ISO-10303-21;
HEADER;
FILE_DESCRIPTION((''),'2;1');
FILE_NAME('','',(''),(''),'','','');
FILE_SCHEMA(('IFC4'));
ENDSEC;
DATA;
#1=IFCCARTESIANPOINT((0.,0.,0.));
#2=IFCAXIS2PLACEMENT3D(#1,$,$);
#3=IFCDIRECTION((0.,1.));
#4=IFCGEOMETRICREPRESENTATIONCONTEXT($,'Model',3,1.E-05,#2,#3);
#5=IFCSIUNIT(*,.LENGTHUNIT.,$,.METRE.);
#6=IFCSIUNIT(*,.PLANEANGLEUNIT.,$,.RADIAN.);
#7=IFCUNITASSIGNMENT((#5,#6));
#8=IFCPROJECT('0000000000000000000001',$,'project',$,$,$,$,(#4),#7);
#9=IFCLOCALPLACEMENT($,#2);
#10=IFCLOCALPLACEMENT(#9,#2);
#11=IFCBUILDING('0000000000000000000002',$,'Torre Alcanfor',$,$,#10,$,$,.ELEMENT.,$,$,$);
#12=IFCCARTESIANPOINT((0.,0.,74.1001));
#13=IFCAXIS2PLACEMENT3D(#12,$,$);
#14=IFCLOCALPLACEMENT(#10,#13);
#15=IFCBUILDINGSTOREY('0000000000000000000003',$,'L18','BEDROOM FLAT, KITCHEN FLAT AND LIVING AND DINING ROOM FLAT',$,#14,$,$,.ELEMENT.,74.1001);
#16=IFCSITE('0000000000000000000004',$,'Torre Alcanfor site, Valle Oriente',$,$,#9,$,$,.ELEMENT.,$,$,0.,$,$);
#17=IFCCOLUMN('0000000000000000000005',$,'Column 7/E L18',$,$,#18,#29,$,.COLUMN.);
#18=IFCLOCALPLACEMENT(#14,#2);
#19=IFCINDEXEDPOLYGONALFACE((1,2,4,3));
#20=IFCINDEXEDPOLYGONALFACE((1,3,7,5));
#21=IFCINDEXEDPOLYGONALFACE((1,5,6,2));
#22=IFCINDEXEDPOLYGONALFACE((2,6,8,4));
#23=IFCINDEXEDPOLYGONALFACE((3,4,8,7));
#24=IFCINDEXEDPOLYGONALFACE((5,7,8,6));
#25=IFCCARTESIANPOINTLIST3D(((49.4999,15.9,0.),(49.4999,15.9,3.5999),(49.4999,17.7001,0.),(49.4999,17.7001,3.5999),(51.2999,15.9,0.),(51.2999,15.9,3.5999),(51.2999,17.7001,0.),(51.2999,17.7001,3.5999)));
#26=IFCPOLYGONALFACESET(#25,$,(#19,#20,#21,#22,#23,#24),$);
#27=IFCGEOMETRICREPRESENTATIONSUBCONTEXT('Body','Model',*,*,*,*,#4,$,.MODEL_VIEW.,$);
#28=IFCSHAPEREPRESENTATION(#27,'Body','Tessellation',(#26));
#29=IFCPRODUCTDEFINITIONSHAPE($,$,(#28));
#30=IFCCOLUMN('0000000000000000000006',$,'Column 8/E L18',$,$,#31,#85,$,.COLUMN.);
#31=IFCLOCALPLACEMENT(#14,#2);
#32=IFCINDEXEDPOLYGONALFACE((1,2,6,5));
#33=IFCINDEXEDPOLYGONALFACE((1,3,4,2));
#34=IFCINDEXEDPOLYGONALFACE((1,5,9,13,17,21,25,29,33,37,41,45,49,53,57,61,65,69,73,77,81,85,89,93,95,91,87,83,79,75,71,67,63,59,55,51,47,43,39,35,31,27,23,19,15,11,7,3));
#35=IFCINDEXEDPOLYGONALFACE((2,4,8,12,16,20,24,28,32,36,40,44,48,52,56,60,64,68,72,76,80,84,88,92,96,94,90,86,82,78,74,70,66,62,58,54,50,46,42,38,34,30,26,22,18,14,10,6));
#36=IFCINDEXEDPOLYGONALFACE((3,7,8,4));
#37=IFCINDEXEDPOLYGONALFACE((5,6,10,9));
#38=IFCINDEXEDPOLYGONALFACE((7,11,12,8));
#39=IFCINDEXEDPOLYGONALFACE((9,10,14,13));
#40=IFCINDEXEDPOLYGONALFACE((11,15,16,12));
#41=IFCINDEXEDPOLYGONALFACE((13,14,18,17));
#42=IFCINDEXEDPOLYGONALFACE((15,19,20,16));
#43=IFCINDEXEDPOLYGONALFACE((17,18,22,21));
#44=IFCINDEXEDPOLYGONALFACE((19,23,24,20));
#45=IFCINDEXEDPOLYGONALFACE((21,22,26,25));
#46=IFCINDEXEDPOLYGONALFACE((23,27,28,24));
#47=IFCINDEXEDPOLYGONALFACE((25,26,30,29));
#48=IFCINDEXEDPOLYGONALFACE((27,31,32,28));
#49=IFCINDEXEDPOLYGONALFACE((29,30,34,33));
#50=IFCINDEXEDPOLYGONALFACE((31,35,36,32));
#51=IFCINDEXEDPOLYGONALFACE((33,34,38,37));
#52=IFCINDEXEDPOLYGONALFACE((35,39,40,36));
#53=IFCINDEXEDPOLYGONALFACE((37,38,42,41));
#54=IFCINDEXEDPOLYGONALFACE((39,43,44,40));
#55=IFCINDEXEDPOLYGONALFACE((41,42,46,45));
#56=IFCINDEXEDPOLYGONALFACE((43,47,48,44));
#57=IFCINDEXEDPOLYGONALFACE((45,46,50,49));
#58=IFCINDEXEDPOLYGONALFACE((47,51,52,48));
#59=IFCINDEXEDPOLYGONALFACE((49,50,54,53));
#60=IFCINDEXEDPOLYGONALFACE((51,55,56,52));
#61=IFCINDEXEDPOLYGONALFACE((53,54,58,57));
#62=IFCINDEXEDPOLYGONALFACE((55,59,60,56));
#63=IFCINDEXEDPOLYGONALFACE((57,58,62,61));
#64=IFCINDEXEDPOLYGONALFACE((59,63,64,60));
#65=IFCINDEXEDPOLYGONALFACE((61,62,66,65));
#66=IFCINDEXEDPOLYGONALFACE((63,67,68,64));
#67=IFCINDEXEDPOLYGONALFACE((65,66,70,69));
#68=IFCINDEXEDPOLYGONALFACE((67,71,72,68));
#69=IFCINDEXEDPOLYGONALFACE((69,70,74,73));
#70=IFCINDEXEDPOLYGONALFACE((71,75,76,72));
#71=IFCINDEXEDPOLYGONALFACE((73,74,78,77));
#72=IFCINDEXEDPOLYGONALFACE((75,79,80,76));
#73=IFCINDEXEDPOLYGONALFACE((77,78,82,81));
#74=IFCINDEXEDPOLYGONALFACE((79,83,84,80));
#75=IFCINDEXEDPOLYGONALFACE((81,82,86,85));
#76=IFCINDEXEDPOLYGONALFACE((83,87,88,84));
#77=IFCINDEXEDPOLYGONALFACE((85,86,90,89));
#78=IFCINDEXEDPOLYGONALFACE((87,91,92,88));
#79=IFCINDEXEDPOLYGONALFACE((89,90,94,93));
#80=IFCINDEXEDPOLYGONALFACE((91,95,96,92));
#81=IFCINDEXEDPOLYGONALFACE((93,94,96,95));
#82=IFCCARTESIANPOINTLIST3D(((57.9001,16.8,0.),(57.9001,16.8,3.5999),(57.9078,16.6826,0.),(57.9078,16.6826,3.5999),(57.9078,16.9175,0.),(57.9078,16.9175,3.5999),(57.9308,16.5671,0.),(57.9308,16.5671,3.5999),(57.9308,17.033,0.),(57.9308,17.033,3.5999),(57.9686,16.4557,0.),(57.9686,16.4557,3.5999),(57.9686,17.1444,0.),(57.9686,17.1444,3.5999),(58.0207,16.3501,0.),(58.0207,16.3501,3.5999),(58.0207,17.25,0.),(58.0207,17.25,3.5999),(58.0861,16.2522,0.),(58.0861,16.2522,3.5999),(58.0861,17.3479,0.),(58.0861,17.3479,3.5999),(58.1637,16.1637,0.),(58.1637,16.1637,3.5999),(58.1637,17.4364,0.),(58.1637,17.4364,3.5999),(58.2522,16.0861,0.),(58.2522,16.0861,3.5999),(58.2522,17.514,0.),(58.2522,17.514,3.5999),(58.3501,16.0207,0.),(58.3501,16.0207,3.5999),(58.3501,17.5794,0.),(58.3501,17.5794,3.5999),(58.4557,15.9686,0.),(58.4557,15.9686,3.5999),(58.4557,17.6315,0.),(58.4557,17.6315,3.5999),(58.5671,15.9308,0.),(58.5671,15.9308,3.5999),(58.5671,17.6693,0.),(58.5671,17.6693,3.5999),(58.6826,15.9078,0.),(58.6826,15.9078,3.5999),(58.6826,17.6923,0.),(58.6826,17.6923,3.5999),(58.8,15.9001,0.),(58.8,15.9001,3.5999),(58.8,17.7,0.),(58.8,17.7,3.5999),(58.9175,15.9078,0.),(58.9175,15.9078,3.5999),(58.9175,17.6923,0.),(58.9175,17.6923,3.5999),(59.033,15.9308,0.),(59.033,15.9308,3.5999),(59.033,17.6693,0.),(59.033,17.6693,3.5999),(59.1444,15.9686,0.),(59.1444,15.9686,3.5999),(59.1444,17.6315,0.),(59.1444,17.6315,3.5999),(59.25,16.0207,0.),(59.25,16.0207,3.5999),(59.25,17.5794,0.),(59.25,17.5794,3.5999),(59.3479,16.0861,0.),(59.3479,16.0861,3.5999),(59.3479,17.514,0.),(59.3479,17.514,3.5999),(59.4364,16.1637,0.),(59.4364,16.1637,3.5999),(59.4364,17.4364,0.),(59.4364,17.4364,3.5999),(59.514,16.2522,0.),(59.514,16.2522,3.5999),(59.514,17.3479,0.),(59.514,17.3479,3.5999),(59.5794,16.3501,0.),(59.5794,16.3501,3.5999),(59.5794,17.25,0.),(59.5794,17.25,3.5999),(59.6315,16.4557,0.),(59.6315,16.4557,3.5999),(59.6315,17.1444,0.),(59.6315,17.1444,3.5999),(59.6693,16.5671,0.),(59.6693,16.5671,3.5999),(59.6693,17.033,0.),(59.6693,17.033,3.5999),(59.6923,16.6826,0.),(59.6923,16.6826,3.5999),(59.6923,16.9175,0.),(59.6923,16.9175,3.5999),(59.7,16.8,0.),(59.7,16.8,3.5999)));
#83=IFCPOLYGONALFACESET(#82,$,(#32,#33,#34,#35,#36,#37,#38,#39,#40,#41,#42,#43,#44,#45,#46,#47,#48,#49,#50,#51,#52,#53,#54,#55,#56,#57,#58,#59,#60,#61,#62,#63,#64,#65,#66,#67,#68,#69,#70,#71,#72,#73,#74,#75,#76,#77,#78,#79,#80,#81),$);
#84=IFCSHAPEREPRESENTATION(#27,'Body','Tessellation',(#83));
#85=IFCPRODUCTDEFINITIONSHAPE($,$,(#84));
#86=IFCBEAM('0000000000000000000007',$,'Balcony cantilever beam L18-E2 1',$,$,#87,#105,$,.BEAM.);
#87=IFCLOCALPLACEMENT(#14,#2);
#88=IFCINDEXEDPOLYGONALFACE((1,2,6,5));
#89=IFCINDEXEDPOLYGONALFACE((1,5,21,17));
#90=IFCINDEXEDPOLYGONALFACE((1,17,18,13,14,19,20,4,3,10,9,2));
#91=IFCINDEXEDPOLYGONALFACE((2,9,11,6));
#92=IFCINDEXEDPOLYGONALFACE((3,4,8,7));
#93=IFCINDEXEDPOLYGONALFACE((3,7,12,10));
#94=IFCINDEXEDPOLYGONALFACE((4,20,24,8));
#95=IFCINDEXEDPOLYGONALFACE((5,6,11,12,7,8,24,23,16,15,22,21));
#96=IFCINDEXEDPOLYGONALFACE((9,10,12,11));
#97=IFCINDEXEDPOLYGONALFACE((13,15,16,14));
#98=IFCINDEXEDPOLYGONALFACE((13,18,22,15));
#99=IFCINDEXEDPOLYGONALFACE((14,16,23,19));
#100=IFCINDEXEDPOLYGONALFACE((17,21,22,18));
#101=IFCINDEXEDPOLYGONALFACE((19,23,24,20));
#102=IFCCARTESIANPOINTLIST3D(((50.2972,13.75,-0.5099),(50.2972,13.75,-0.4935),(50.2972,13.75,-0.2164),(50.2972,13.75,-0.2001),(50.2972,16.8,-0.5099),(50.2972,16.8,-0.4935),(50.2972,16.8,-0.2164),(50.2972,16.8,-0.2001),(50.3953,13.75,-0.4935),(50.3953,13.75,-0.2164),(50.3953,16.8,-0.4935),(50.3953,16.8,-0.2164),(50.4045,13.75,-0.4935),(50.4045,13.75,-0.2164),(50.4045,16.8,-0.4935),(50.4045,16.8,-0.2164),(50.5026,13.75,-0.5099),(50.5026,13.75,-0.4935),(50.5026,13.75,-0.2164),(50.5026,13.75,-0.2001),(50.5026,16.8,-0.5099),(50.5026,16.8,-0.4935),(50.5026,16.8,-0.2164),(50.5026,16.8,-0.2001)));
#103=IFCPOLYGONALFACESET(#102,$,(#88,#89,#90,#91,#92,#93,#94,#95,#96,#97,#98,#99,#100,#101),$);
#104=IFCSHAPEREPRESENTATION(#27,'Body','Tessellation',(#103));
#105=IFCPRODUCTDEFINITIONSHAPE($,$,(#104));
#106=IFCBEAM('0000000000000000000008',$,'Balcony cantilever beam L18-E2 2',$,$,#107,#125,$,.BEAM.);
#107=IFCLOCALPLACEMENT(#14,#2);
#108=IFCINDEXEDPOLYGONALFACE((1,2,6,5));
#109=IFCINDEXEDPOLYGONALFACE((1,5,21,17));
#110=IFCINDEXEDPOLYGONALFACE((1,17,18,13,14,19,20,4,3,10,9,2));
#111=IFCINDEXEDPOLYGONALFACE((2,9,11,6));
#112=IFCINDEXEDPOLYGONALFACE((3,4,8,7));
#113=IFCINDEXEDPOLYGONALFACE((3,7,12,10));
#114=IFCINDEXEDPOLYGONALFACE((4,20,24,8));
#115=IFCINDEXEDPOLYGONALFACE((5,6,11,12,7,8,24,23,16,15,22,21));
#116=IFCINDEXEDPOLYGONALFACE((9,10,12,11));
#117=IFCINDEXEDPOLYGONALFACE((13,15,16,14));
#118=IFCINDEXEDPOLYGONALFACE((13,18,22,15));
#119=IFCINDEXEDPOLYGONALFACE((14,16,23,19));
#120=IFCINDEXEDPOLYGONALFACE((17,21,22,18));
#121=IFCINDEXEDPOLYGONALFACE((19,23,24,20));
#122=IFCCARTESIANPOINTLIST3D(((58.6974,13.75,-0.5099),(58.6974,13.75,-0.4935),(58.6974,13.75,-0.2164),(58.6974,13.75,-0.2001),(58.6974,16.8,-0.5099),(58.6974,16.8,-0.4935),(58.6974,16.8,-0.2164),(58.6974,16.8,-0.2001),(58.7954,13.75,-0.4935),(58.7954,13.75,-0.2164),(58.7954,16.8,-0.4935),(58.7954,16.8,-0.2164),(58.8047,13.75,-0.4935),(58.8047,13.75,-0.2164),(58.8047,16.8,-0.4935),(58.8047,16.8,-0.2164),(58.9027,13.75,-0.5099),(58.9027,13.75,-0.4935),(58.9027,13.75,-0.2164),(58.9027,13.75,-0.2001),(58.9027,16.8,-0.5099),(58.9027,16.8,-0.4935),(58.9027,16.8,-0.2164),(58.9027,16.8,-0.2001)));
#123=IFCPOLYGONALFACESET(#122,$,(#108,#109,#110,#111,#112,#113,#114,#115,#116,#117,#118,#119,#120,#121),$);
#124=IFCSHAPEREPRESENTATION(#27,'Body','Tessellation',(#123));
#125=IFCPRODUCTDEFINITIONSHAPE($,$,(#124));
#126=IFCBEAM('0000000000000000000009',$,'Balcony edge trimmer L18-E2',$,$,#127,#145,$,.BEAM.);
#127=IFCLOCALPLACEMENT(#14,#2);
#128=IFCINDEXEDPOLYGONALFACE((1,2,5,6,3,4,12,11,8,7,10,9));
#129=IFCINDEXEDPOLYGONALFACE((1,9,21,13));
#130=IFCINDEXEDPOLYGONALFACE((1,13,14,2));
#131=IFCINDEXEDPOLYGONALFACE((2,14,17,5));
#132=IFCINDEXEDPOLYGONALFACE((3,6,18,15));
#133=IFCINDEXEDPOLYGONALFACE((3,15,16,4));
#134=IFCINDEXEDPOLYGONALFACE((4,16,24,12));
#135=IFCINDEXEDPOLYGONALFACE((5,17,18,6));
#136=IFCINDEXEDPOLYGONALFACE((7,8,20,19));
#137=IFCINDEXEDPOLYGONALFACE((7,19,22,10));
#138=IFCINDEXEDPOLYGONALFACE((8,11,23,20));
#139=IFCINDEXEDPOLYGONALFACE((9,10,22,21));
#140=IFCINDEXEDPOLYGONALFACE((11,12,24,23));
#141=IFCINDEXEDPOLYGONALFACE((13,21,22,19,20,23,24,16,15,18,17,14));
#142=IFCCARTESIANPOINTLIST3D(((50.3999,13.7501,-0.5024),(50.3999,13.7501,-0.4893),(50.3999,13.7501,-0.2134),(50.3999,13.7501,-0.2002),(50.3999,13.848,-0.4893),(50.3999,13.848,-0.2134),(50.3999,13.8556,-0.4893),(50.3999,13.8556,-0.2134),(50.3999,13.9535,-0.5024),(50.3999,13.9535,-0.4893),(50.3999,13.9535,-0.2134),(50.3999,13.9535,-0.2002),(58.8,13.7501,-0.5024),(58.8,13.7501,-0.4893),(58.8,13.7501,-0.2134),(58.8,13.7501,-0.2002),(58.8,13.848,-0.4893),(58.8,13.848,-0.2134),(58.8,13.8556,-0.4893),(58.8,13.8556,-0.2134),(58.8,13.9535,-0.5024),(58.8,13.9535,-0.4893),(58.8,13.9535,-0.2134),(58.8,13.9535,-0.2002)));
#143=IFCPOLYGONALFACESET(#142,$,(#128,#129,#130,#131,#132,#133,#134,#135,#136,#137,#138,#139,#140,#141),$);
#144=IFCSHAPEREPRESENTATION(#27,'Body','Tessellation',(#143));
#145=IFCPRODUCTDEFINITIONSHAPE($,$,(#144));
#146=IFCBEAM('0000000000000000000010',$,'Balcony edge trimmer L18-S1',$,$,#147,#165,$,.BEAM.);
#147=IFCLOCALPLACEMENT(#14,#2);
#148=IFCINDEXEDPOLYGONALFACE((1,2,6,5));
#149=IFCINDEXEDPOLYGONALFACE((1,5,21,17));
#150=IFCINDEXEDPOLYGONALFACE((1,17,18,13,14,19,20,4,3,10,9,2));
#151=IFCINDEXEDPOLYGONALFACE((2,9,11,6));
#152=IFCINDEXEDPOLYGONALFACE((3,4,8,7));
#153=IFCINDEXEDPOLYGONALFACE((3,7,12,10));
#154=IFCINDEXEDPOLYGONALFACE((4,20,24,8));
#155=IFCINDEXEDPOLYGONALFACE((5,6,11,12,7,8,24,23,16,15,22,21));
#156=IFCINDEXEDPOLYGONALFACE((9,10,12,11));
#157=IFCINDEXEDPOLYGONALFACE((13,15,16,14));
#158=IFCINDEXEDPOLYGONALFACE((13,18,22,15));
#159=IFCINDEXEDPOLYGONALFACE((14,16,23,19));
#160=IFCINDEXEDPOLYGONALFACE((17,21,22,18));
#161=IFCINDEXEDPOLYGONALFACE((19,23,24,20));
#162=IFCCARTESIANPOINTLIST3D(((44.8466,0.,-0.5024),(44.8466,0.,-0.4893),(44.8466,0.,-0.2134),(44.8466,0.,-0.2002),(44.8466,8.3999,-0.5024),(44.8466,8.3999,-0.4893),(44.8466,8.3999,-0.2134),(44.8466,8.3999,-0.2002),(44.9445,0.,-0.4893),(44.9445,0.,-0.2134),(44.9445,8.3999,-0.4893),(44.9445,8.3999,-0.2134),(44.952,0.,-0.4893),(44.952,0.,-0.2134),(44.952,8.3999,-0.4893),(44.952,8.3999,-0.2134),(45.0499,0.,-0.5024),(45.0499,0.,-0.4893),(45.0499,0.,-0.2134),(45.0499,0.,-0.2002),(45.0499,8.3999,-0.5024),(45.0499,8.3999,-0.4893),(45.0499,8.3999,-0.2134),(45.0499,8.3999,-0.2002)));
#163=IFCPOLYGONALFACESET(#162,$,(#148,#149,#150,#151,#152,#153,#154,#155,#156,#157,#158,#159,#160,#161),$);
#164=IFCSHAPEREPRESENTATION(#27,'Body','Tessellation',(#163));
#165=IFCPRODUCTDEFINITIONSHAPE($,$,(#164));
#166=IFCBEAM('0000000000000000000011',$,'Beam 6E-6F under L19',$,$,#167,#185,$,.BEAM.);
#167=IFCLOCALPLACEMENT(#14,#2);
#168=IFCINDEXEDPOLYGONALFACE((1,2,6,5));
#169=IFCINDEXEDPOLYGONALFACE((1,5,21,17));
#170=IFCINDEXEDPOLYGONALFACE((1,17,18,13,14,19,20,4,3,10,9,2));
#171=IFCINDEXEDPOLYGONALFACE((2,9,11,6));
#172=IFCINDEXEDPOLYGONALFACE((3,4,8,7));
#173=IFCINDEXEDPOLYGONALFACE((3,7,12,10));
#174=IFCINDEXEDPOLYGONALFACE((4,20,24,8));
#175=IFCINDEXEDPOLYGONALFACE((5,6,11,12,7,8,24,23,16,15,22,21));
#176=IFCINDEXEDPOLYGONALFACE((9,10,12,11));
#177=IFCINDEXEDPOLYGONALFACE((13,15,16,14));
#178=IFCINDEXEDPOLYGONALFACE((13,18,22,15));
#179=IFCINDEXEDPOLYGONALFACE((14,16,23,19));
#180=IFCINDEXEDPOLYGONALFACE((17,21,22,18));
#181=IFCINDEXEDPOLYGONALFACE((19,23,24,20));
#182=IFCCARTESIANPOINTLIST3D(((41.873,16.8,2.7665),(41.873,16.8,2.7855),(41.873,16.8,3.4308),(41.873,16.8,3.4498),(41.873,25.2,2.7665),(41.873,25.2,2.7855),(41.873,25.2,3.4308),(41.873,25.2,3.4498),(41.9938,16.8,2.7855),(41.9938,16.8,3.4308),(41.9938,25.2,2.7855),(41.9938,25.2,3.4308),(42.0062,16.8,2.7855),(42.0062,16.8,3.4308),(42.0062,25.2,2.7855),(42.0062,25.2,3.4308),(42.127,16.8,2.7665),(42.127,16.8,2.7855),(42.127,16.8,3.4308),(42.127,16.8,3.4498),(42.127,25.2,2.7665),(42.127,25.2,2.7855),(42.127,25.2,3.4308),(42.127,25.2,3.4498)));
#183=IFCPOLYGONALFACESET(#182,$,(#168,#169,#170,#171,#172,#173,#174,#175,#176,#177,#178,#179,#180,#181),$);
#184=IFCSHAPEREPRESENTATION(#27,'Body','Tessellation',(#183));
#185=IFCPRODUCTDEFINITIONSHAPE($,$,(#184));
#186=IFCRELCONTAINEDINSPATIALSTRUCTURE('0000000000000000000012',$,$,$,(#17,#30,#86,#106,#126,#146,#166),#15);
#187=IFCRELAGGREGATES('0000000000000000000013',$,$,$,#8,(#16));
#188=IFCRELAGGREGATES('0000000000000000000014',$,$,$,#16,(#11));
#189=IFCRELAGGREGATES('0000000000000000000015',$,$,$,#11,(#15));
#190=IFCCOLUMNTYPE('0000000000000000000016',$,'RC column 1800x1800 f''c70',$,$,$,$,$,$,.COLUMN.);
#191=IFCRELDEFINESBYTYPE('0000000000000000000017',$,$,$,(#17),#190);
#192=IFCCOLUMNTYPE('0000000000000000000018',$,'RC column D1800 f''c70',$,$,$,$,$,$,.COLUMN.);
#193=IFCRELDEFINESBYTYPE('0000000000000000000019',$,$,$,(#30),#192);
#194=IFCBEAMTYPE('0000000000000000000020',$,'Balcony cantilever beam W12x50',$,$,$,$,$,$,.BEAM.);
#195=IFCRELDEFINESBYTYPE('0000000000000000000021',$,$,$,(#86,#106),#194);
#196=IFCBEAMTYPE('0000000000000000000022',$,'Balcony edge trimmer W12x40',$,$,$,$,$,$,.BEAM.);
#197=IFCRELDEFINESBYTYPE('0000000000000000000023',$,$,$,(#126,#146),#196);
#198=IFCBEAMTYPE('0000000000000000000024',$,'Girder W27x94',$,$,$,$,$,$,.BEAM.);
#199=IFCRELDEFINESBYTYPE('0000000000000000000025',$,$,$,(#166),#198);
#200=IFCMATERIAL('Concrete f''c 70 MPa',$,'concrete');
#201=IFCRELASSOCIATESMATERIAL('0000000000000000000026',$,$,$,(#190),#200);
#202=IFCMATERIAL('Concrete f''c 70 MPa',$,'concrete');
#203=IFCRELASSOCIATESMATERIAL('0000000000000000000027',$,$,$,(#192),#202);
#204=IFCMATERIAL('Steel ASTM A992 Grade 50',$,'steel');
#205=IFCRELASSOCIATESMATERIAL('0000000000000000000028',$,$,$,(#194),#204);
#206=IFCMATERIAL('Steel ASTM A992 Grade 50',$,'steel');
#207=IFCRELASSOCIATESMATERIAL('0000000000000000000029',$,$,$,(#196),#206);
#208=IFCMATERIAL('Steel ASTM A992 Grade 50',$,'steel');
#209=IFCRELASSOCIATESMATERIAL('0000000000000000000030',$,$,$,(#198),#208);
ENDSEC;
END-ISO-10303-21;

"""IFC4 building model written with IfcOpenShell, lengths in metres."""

from ifc_helpers import new_model, si_unit, direction, frame, origin, origin_2d, place, context, subcontext, project, spatial, rectangle, circle, i_section, extrude, material, material_profile, profile_set, type_object, element, save


model = new_model("IFC4")

# Units and contexts
model_context = context("Model", 3, precision=1e-05, world=origin(), true_north=direction((0.0, 1.0)))
body_context = subcontext(model_context, "Body", "Model", "MODEL_VIEW")
ifc_project = project(units=[si_unit("LENGTHUNIT", "METRE"), si_unit("PLANEANGLEUNIT", "RADIAN")], contexts=[model_context])

# Site, building, storey
site_placement = place(None, origin())
site = spatial("IfcSite", under=ifc_project, at=site_placement, Name="Torre Alcanfor site, Valle Oriente", CompositionType="ELEMENT", RefElevation=0.0)
building_placement = place(site_placement, origin())
building = spatial("IfcBuilding", under=site, at=building_placement, Name="Torre Alcanfor", CompositionType="ELEMENT")
storey_placement = place(building_placement, frame((0.0, 0.0, 74.1001)))
storey = spatial("IfcBuildingStorey", under=building, at=storey_placement, Name="L18", Description="BEDROOM FLAT, KITCHEN FLAT AND LIVING AND DINING ROOM FLAT", CompositionType="ELEMENT", Elevation=74.1001)

# Columns
ifc_material_1 = material(Name="Concrete f'c 70 MPa", Category="concrete")
ifc_material_profile_1 = material_profile(ifc_material_1, rectangle(XDim=1.8, YDim=1.8, at=origin_2d()), Name="1800x1800")
ifc_profile_set_1 = profile_set([ifc_material_profile_1], Name="Concrete f'c 70 MPa")
column_type_1 = type_object("IfcColumnType", Name="RC column 1800x1800 f'c70", PredefinedType="COLUMN", material=ifc_profile_set_1)
column_1_placement = place(storey_placement, frame((50.3999, 16.8, 0.0), z_axis=(0.0, 0.0, 1.0), x_axis=(1.0, 0.0, 0.0)))
element("IfcColumn", 1, at=column_1_placement, inside=storey, type_object=column_type_1, Name="Column 7/E L18", PredefinedType="COLUMN", context=body_context, shape_type="SweptSolid", body=[
    extrude(rectangle(XDim=1.8, YDim=1.8, at=origin_2d()), origin(), (0.0, 0.0, 1.0), 3.5999),
])
ifc_material_2 = material(Name="Concrete f'c 70 MPa", Category="concrete")
ifc_material_profile_2 = material_profile(ifc_material_2, circle(Radius=0.8999, at=origin_2d()), Name="D1800")
ifc_profile_set_2 = profile_set([ifc_material_profile_2], Name="Concrete f'c 70 MPa")
column_type_2 = type_object("IfcColumnType", Name="RC column D1800 f'c70", PredefinedType="COLUMN", material=ifc_profile_set_2)
column_2_placement = place(storey_placement, frame((58.8, 16.8, 0.0), z_axis=(0.0, 0.0, 1.0), x_axis=(1.0, 0.0, 0.0)))
element("IfcColumn", 2, at=column_2_placement, inside=storey, type_object=column_type_2, Name="Column 8/E L18", PredefinedType="COLUMN", context=body_context, shape_type="SweptSolid", body=[
    extrude(circle(Radius=0.8999, at=origin_2d()), origin(), (0.0, 0.0, 1.0), 3.5999),
])

# Beams
ifc_material_3 = material(Name="Steel ASTM A992 Grade 50", Category="steel")
ifc_material_profile_3 = material_profile(ifc_material_3, i_section(OverallWidth=0.2053, OverallDepth=0.3098, WebThickness=0.0093, FlangeThickness=0.0164, at=origin_2d()), Name="W12x50")
ifc_profile_set_3 = profile_set([ifc_material_profile_3], Name="Steel ASTM A992 Grade 50")
beam_type_1 = type_object("IfcBeamType", Name="Balcony cantilever beam W12x50", PredefinedType="BEAM", material=ifc_profile_set_3)
for number, where, z_axis, x_axis, name in (
    (3, (50.3999, 16.8, -0.355), (0.0, -1.0, 0.0), (1.0, 0.0, 0.0), "Balcony cantilever beam L18-E2 1"),
    (4, (58.8, 16.8, -0.355), (0.0, -1.0, 0.0), (1.0, 0.0, 0.0), "Balcony cantilever beam L18-E2 2"),
):
    element("IfcBeam", number, at=place(storey_placement, frame(where, z_axis=z_axis, x_axis=x_axis)), inside=storey, type_object=beam_type_1, Name=name, PredefinedType="BEAM", context=body_context, shape_type="SweptSolid", body=[
        extrude(i_section(OverallWidth=0.2053, OverallDepth=0.3098, WebThickness=0.0093, FlangeThickness=0.0164, at=origin_2d()), origin(), (0.0, 0.0, 1.0), 3.05),
    ])
ifc_material_4 = material(Name="Steel ASTM A992 Grade 50", Category="steel")
ifc_material_profile_4 = material_profile(ifc_material_4, i_section(OverallWidth=0.2034, OverallDepth=0.3022, WebThickness=0.0076, FlangeThickness=0.0132, at=origin_2d()), Name="W12x40")
ifc_profile_set_4 = profile_set([ifc_material_profile_4], Name="Steel ASTM A992 Grade 50")
beam_type_2 = type_object("IfcBeamType", Name="Balcony edge trimmer W12x40", PredefinedType="BEAM", material=ifc_profile_set_4)
beam_1_placement = place(storey_placement, frame((50.3999, 13.8518, -0.3513), z_axis=(1.0, 0.0, 0.0), x_axis=(0.0, 1.0, 0.0)))
element("IfcBeam", 5, at=beam_1_placement, inside=storey, type_object=beam_type_2, Name="Balcony edge trimmer L18-E2", PredefinedType="BEAM", context=body_context, shape_type="SweptSolid", body=[
    extrude(i_section(OverallWidth=0.2034, OverallDepth=0.3022, WebThickness=0.0076, FlangeThickness=0.0132, at=origin_2d()), origin(), (0.0, 0.0, 1.0), 8.4001),
])
beam_2_placement = place(storey_placement, frame((44.9482, 8.3999, -0.3513), z_axis=(0.0, -1.0, 0.0), x_axis=(1.0, 0.0, 0.0)))
element("IfcBeam", 6, at=beam_2_placement, inside=storey, type_object=beam_type_2, Name="Balcony edge trimmer L18-S1", PredefinedType="BEAM", context=body_context, shape_type="SweptSolid", body=[
    extrude(i_section(OverallWidth=0.2034, OverallDepth=0.3022, WebThickness=0.0076, FlangeThickness=0.0132, at=origin_2d()), origin(), (0.0, 0.0, 1.0), 8.3999),
])
ifc_material_5 = material(Name="Steel ASTM A992 Grade 50", Category="steel")
ifc_material_profile_5 = material_profile(ifc_material_5, i_section(OverallWidth=0.2539, OverallDepth=0.6833, WebThickness=0.0125, FlangeThickness=0.019, at=origin_2d()), Name="W27x94")
ifc_profile_set_5 = profile_set([ifc_material_profile_5], Name="Steel ASTM A992 Grade 50")
beam_type_3 = type_object("IfcBeamType", Name="Girder W27x94", PredefinedType="BEAM", material=ifc_profile_set_5)
for number, where, z_axis, x_axis, name in (
    (7, (42.0, 16.8, 3.1082), (0.0, 1.0, 0.0), (-1.0, 0.0, 0.0), "Beam 6E-6F under L19"),
):
    element("IfcBeam", number, at=place(storey_placement, frame(where, z_axis=z_axis, x_axis=x_axis)), inside=storey, type_object=beam_type_3, Name=name, PredefinedType="BEAM", context=body_context, shape_type="SweptSolid", body=[
        extrude(i_section(OverallWidth=0.2539, OverallDepth=0.6833, WebThickness=0.0125, FlangeThickness=0.019, at=origin_2d()), origin(), (0.0, 0.0, 1.0), 8.3999),
    ])

save(model, "model.ifc")
